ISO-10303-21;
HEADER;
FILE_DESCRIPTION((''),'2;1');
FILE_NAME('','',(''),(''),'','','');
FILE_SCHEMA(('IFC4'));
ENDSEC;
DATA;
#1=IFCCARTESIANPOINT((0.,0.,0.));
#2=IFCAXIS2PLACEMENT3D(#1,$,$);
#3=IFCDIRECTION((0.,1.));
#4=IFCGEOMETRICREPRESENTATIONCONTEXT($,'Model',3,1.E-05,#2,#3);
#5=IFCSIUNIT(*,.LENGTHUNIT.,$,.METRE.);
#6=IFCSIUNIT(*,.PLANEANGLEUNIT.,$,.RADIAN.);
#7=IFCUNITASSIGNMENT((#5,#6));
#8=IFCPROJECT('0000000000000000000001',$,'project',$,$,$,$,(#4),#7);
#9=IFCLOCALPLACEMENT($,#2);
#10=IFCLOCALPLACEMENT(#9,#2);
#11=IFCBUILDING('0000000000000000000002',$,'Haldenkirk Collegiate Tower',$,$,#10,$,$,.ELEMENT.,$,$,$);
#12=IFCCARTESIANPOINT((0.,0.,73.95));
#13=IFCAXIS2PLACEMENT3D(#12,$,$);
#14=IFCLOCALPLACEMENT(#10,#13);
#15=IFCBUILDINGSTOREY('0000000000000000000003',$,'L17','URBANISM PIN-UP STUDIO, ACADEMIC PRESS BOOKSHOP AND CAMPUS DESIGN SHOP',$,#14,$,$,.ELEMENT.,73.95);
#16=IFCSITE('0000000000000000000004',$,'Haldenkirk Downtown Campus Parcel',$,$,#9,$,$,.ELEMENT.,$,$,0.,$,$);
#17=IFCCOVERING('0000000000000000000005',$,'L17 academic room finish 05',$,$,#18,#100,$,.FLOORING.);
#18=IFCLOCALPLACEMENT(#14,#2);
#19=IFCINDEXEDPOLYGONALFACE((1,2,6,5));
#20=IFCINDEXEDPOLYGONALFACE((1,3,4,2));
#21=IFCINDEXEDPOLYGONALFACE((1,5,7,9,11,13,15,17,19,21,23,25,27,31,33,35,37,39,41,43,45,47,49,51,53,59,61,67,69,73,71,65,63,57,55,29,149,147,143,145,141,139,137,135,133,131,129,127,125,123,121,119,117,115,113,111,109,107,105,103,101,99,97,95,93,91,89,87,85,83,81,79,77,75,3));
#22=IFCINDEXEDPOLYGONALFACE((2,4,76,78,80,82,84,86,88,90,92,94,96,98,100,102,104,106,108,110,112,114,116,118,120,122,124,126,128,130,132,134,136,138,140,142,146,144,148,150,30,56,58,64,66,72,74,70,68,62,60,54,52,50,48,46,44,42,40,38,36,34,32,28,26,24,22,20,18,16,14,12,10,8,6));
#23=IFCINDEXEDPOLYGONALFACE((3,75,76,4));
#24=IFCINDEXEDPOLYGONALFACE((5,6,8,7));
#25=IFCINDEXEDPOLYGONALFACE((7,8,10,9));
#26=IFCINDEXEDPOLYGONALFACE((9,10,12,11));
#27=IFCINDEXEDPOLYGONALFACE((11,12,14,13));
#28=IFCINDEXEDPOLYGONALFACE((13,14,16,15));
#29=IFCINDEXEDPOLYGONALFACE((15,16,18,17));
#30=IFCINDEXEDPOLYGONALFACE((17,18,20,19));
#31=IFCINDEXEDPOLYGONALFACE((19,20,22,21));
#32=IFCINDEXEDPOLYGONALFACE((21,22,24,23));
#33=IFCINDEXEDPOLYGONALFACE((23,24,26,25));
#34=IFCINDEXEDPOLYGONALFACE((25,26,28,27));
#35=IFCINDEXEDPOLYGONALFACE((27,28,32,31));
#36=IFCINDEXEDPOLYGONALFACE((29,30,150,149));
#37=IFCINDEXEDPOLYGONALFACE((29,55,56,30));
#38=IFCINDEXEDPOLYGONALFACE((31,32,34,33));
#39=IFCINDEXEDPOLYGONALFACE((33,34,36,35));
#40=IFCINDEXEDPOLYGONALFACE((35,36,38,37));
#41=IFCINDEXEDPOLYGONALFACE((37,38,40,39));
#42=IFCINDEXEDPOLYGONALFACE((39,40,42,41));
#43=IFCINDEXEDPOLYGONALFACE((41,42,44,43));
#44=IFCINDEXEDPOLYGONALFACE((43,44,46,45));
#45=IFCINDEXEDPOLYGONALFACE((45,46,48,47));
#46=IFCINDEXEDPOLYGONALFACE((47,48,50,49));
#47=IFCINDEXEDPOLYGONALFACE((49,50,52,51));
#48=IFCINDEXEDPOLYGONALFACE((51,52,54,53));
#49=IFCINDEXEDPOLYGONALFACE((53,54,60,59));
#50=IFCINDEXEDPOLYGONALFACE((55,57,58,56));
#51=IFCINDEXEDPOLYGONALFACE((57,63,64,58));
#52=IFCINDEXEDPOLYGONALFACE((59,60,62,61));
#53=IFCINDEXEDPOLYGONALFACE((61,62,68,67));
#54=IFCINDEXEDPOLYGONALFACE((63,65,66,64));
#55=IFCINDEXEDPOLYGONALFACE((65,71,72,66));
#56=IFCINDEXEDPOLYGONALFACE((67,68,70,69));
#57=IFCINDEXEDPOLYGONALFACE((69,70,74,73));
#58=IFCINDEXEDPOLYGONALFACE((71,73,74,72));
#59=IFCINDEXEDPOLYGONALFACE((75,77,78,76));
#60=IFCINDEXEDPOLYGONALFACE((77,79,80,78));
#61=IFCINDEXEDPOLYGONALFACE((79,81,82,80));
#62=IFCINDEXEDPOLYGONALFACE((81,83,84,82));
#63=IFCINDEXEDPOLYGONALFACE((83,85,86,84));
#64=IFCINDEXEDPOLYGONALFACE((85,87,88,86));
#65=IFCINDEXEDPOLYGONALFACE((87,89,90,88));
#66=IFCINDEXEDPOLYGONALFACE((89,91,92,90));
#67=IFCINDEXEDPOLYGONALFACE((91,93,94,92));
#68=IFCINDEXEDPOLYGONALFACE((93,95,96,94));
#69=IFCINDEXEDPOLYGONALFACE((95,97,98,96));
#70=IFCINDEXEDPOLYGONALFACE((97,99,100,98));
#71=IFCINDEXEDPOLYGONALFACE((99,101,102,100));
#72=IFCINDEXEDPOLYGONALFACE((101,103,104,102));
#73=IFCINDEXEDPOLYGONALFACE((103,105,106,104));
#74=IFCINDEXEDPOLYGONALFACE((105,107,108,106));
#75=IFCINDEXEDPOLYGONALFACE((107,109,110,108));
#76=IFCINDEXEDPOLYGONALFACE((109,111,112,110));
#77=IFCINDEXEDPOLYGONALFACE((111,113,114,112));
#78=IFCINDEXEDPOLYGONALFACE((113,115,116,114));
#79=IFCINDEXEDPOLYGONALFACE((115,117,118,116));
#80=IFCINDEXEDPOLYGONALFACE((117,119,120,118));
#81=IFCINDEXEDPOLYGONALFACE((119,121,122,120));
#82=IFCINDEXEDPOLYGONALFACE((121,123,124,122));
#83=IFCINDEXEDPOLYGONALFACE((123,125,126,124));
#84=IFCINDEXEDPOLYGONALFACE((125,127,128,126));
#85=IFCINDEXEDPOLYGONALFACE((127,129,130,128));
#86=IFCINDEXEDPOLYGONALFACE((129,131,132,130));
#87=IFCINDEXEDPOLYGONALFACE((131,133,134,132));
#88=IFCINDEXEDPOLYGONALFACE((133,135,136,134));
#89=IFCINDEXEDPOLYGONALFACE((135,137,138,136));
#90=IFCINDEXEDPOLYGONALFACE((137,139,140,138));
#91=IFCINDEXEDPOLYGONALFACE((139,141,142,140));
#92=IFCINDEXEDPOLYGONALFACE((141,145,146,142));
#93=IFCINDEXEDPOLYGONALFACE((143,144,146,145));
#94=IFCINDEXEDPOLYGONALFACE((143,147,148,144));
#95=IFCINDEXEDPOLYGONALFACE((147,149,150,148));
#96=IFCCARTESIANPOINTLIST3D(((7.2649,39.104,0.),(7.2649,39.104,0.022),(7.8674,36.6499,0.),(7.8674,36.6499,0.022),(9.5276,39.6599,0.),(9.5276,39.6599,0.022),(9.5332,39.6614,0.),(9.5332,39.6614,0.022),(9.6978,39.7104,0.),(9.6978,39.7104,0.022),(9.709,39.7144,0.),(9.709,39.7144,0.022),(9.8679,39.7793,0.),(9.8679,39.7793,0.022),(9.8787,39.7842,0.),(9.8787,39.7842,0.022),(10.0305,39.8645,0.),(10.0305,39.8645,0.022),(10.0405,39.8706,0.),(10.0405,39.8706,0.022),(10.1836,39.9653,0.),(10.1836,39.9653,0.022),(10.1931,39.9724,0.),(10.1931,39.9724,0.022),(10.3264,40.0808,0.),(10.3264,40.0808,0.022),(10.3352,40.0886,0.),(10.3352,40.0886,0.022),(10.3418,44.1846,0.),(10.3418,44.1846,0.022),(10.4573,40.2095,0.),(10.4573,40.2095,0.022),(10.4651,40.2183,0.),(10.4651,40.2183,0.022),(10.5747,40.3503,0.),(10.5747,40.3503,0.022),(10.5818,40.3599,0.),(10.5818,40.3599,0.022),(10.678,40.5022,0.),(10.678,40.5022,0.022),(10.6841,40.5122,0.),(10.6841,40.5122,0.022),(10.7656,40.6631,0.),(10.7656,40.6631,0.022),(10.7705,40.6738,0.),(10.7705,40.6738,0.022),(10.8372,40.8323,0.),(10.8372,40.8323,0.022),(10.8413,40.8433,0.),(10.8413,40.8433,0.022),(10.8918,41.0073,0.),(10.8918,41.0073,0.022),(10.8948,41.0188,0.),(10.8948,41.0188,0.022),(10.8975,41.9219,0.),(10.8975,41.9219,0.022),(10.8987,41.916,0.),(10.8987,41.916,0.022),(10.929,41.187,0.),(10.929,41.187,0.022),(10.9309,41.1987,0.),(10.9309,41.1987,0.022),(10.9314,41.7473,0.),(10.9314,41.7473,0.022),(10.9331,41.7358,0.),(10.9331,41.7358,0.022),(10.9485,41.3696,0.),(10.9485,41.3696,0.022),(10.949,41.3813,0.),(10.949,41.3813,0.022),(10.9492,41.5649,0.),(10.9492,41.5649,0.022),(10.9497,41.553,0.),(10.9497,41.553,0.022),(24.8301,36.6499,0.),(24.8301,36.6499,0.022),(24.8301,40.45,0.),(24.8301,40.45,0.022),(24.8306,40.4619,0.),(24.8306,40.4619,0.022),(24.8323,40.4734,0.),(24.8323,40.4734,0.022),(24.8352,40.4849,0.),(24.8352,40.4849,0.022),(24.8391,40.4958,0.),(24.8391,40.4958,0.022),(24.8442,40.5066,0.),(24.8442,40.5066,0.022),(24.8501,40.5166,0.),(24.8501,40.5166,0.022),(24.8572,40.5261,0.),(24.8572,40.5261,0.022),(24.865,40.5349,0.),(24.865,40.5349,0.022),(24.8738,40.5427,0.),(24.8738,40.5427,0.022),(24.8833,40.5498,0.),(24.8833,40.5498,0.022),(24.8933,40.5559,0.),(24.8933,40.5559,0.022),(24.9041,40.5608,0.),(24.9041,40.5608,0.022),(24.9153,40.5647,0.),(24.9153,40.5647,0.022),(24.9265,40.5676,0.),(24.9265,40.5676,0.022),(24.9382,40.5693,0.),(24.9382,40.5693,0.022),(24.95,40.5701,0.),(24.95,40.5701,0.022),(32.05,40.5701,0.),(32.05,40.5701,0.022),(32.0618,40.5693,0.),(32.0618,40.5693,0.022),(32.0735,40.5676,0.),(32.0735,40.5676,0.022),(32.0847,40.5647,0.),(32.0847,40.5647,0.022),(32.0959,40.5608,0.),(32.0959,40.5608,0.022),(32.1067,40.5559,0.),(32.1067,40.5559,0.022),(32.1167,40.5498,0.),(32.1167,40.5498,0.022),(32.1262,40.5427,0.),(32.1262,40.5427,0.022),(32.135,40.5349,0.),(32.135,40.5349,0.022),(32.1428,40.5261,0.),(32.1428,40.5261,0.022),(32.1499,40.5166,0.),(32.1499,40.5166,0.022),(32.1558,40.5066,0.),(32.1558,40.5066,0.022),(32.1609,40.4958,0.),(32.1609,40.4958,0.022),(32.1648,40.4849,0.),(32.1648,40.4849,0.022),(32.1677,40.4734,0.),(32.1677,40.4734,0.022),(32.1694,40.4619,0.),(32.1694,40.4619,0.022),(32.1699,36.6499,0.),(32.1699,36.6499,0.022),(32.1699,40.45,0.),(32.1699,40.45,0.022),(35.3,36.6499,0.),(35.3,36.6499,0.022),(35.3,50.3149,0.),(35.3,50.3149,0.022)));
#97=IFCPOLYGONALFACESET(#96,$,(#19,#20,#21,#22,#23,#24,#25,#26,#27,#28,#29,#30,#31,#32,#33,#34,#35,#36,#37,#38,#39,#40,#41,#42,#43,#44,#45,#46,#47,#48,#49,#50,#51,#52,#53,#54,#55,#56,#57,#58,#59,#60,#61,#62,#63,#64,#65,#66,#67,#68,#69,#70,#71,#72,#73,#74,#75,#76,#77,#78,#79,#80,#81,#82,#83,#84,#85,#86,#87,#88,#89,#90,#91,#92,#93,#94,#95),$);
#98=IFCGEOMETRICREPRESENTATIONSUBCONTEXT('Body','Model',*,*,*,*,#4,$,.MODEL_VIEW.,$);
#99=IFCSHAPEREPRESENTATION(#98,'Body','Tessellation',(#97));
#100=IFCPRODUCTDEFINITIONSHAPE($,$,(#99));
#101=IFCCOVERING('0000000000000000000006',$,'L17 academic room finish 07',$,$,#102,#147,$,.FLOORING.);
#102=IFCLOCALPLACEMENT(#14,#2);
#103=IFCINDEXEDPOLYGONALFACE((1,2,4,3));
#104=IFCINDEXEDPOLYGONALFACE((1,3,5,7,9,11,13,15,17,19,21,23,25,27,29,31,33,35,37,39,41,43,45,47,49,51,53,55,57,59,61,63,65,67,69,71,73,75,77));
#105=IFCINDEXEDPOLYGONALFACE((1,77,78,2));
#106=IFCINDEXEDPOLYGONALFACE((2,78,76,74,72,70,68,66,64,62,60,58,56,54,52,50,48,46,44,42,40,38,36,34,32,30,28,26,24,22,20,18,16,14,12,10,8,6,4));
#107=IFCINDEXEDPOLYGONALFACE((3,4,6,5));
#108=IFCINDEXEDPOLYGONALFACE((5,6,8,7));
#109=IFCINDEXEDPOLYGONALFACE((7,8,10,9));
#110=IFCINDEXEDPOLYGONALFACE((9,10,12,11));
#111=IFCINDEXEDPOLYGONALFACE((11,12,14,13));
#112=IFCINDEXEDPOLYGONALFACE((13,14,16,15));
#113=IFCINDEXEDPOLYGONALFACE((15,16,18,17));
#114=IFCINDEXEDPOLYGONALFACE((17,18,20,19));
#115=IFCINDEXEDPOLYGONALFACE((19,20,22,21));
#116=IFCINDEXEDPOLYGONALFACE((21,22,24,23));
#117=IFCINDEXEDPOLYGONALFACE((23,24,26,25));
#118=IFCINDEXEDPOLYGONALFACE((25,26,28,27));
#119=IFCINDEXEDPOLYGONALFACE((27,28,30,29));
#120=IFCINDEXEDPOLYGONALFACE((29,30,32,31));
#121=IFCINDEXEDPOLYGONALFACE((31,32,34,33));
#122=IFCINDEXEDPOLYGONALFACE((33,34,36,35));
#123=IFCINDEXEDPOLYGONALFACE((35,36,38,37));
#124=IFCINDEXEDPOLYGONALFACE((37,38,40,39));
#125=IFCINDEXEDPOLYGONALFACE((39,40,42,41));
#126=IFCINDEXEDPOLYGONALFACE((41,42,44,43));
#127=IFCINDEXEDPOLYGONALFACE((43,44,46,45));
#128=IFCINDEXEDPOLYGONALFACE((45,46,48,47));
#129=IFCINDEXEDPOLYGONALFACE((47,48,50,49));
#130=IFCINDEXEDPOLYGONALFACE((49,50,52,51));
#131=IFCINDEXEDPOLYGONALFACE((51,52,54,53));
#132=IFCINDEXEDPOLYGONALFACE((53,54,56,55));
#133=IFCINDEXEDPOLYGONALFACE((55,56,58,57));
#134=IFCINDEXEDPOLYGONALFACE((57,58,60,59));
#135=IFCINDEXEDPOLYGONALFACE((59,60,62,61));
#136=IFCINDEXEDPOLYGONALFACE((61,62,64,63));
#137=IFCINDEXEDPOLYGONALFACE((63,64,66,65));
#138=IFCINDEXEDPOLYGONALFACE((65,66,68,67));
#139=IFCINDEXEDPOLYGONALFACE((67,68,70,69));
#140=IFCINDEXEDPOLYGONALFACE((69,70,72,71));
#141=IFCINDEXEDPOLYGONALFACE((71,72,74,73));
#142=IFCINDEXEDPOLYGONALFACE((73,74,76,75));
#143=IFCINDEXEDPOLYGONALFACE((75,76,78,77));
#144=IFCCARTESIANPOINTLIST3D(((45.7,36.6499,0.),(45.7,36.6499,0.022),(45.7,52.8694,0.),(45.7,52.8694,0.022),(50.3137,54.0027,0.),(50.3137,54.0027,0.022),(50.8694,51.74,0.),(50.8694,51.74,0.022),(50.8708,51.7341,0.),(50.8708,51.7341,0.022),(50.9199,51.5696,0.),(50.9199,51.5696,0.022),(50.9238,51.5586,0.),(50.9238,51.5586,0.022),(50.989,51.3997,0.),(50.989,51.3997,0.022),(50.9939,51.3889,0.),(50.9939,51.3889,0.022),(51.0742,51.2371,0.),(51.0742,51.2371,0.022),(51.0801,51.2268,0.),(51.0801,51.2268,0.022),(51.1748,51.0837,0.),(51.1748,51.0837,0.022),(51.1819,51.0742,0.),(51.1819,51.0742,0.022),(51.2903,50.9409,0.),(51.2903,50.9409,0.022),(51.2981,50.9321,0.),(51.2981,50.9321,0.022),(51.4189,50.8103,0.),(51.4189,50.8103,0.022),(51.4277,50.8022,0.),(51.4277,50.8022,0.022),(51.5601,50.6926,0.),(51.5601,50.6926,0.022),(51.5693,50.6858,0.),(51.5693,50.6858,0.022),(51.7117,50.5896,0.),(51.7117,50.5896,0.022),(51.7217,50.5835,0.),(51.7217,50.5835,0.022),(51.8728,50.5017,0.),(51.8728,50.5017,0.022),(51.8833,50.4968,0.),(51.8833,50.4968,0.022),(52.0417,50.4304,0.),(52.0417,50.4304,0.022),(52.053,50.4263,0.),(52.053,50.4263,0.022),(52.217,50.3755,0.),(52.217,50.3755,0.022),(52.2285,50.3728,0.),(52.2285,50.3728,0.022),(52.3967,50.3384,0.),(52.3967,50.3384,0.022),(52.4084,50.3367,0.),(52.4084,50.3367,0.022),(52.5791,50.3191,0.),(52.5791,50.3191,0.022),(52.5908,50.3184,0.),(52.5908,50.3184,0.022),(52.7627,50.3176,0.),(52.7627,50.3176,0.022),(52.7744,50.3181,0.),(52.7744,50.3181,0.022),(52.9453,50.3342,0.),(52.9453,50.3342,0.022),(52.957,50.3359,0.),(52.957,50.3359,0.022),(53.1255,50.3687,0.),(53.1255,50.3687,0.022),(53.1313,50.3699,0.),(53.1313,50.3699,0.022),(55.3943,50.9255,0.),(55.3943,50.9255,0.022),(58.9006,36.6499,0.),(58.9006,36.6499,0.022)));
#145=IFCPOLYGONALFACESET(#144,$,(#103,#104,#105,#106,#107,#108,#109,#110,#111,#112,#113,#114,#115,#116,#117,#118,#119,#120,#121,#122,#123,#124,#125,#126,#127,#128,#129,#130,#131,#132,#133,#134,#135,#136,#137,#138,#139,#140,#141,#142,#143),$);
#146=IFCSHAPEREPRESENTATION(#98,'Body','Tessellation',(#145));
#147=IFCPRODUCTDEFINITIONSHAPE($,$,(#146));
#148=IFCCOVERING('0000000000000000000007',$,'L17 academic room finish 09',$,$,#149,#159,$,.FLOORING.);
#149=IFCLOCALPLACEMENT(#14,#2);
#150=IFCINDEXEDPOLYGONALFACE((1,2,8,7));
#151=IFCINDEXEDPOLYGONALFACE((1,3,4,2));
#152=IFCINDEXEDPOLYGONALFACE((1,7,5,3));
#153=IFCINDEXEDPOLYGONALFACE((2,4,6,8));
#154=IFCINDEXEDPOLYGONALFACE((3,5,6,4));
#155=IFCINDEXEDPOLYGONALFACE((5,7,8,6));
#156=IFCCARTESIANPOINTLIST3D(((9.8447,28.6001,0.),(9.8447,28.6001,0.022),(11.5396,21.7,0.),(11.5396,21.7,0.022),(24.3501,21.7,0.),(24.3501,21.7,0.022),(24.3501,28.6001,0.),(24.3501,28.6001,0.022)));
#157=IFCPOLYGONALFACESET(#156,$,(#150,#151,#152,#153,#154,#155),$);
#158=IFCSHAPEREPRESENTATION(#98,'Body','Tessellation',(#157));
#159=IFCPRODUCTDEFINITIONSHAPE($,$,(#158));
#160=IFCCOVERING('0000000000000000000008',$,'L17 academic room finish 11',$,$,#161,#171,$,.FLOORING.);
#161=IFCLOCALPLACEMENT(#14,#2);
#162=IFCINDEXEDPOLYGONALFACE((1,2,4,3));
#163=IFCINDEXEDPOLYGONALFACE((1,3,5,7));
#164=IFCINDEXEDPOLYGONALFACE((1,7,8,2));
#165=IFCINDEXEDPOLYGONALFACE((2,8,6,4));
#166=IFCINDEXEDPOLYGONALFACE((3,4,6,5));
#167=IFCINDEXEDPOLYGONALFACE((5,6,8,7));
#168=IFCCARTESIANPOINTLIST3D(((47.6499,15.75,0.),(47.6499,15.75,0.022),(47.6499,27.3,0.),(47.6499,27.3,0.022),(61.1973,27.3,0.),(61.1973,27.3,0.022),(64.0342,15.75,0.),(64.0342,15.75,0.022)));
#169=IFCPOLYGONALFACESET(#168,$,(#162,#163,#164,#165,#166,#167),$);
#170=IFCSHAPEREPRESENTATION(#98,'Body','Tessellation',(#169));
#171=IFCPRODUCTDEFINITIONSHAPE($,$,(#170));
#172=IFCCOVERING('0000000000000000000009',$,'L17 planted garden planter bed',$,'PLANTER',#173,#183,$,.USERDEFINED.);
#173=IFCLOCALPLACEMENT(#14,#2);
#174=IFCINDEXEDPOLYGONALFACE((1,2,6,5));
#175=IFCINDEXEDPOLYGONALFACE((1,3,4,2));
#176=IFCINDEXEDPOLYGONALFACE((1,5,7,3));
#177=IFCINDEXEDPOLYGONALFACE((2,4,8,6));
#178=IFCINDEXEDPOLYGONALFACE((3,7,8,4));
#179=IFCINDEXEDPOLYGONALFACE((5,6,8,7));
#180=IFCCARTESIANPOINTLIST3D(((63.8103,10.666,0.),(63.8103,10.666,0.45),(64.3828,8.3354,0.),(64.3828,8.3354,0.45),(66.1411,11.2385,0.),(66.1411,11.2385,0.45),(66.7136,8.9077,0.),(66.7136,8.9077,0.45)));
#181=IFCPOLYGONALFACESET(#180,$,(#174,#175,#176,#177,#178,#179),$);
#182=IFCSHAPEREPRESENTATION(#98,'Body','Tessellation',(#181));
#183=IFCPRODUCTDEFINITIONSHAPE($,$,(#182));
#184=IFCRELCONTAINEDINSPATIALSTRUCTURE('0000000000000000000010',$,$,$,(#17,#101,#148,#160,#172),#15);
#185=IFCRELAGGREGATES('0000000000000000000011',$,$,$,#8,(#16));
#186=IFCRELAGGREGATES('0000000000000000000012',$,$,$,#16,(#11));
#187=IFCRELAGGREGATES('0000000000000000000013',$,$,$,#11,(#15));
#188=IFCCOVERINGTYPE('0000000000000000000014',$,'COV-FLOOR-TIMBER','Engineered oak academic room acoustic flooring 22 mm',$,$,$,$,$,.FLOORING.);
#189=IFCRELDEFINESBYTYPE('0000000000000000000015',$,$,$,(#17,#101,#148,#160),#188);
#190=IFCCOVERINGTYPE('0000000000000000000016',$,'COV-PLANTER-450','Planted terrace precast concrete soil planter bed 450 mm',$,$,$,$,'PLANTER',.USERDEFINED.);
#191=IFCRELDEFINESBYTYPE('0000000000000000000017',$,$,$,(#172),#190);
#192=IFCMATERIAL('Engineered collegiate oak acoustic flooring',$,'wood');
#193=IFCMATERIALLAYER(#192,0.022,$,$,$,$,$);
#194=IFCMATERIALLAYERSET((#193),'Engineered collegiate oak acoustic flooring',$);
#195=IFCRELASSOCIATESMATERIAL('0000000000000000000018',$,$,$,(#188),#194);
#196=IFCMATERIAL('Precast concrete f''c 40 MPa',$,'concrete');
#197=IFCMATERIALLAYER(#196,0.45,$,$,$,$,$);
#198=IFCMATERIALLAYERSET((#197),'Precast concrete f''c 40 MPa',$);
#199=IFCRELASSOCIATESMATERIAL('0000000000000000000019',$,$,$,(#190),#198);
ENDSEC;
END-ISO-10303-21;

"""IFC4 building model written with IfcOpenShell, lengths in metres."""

from ifc_helpers import new_model, si_unit, direction, frame, origin, place, context, subcontext, project, spatial, polyline, outline, extrude, material, layer, layer_set, type_object, element, save


model = new_model("IFC4")

# Units and contexts
model_context = context("Model", 3, precision=1e-05, world=origin(), true_north=direction((0.0, 1.0)))
body_context = subcontext(model_context, "Body", "Model", "MODEL_VIEW")
ifc_project = project(units=[si_unit("LENGTHUNIT", "METRE"), si_unit("PLANEANGLEUNIT", "RADIAN")], contexts=[model_context])

# Site, building, storey
site_placement = place(None, origin())
site = spatial("IfcSite", under=ifc_project, at=site_placement, Name="Haldenkirk Downtown Campus Parcel", CompositionType="ELEMENT", RefElevation=0.0)
building_placement = place(site_placement, origin())
building = spatial("IfcBuilding", under=site, at=building_placement, Name="Haldenkirk Collegiate Tower", CompositionType="ELEMENT")
storey_placement = place(building_placement, frame((0.0, 0.0, 73.95)))
storey = spatial("IfcBuildingStorey", under=building, at=storey_placement, Name="L17", Description="URBANISM PIN-UP STUDIO, ACADEMIC PRESS BOOKSHOP AND CAMPUS DESIGN SHOP", CompositionType="ELEMENT", Elevation=73.95)

# Coverings
ifc_material_1 = material(Name="Engineered collegiate oak acoustic flooring", Category="wood")
ifc_layer_1 = layer(ifc_material_1, 0.022)
ifc_layer_set_1 = layer_set([ifc_layer_1], Name="Engineered collegiate oak acoustic flooring")
covering_type_1 = type_object("IfcCoveringType", Name="COV-FLOOR-TIMBER", Description="Engineered oak academic room acoustic flooring 22 mm", PredefinedType="FLOORING", material=ifc_layer_set_1)
covering_1_placement = place(storey_placement, origin())
element("IfcCovering", 1, at=covering_1_placement, inside=storey, type_object=covering_type_1, Name="L17 academic room finish 05", PredefinedType="FLOORING", context=body_context, shape_type="SweptSolid", body=[
    extrude(outline(polyline([(9.5276, 39.6599), (9.5332, 39.6614), (9.6978, 39.7104), (9.709, 39.7144), (9.8679, 39.7793), (9.8787, 39.7842), (10.0305, 39.8645), (10.0405, 39.8706), (10.1836, 39.9653), (10.1931, 39.9724), (10.3264, 40.0808), (10.3352, 40.0886), (10.4573, 40.2095), (10.4651, 40.2183), (10.5747, 40.3503), (10.5818, 40.3599), (10.678, 40.5022), (10.6841, 40.5122), (10.7656, 40.6631), (10.7705, 40.6738), (10.8372, 40.8323), (10.8413, 40.8433), (10.8918, 41.0073), (10.8948, 41.0188), (10.929, 41.187), (10.9309, 41.1987), (10.9485, 41.3696), (10.949, 41.3813), (10.9497, 41.553), (10.9492, 41.5649), (10.9331, 41.7358), (10.9314, 41.7473), (10.8987, 41.916), (10.8975, 41.9219), (10.3418, 44.1846), (35.3, 50.3149), (35.3, 36.6499), (32.1699, 36.6499), (32.1699, 40.45), (32.1694, 40.4619), (32.1677, 40.4734), (32.1648, 40.4849), (32.1609, 40.4958), (32.1558, 40.5066), (32.1499, 40.5166), (32.1428, 40.5261), (32.135, 40.5349), (32.1262, 40.5427), (32.1167, 40.5498), (32.1067, 40.5559), (32.0959, 40.5608), (32.0847, 40.5647), (32.0735, 40.5676), (32.0618, 40.5693), (32.05, 40.5701), (24.95, 40.5701), (24.9382, 40.5693), (24.9265, 40.5676), (24.9153, 40.5647), (24.9041, 40.5608), (24.8933, 40.5559), (24.8833, 40.5498), (24.8738, 40.5427), (24.865, 40.5349), (24.8572, 40.5261), (24.8501, 40.5166), (24.8442, 40.5066), (24.8391, 40.4958), (24.8352, 40.4849), (24.8323, 40.4734), (24.8306, 40.4619), (24.8301, 40.45), (24.8301, 36.6499), (7.8674, 36.6499), (7.2649, 39.104), (9.5276, 39.6599)])), origin(), (0.0, 0.0, 1.0), 0.022),
])
covering_2_placement = place(storey_placement, origin())
element("IfcCovering", 2, at=covering_2_placement, inside=storey, type_object=covering_type_1, Name="L17 academic room finish 07", PredefinedType="FLOORING", context=body_context, shape_type="SweptSolid", body=[
    extrude(outline(polyline([(50.3137, 54.0027), (50.8694, 51.74), (50.8708, 51.7341), (50.9199, 51.5696), (50.9238, 51.5586), (50.989, 51.3997), (50.9939, 51.3889), (51.0742, 51.2371), (51.0801, 51.2268), (51.1748, 51.0837), (51.1819, 51.0742), (51.2903, 50.9409), (51.2981, 50.9321), (51.4189, 50.8103), (51.4277, 50.8022), (51.5601, 50.6926), (51.5693, 50.6858), (51.7117, 50.5896), (51.7217, 50.5835), (51.8728, 50.5017), (51.8833, 50.4968), (52.0417, 50.4304), (52.053, 50.4263), (52.217, 50.3755), (52.2285, 50.3728), (52.3967, 50.3384), (52.4084, 50.3367), (52.5791, 50.3191), (52.5908, 50.3184), (52.7627, 50.3176), (52.7744, 50.3181), (52.9453, 50.3342), (52.957, 50.3359), (53.1255, 50.3687), (53.1313, 50.3699), (55.3943, 50.9255), (58.9006, 36.6499), (45.7, 36.6499), (45.7, 52.8694), (50.3137, 54.0027)])), origin(), (0.0, 0.0, 1.0), 0.022),
])
covering_3_placement = place(storey_placement, origin())
element("IfcCovering", 3, at=covering_3_placement, inside=storey, type_object=covering_type_1, Name="L17 academic room finish 09", PredefinedType="FLOORING", context=body_context, shape_type="SweptSolid", body=[
    extrude(outline(polyline([(9.8447, 28.6001), (24.3501, 28.6001), (24.3501, 21.7), (11.5396, 21.7), (9.8447, 28.6001)])), origin(), (0.0, 0.0, 1.0), 0.022),
])
covering_4_placement = place(storey_placement, origin())
element("IfcCovering", 4, at=covering_4_placement, inside=storey, type_object=covering_type_1, Name="L17 academic room finish 11", PredefinedType="FLOORING", context=body_context, shape_type="SweptSolid", body=[
    extrude(outline(polyline([(64.0342, 15.75), (47.6499, 15.75), (47.6499, 27.3), (61.1973, 27.3), (64.0342, 15.75)])), origin(), (0.0, 0.0, 1.0), 0.022),
])
ifc_material_2 = material(Name="Precast concrete f'c 40 MPa", Category="concrete")
ifc_layer_2 = layer(ifc_material_2, 0.45)
ifc_layer_set_2 = layer_set([ifc_layer_2], Name="Precast concrete f'c 40 MPa")
covering_type_2 = type_object("IfcCoveringType", Name="COV-PLANTER-450", Description="Planted terrace precast concrete soil planter bed 450 mm", ElementType="PLANTER", PredefinedType="USERDEFINED", material=ifc_layer_set_2)
covering_5_placement = place(storey_placement, origin())
element("IfcCovering", 5, at=covering_5_placement, inside=storey, type_object=covering_type_2, Name="L17 planted garden planter bed", ObjectType="PLANTER", PredefinedType="USERDEFINED", context=body_context, shape_type="SweptSolid", body=[
    extrude(outline(polyline([(64.3828, 8.3354), (63.8103, 10.666), (66.1411, 11.2385), (66.7136, 8.9077), (64.3828, 8.3354)])), origin(), (0.0, 0.0, 1.0), 0.45),
])

save(model, "model.ifc")
